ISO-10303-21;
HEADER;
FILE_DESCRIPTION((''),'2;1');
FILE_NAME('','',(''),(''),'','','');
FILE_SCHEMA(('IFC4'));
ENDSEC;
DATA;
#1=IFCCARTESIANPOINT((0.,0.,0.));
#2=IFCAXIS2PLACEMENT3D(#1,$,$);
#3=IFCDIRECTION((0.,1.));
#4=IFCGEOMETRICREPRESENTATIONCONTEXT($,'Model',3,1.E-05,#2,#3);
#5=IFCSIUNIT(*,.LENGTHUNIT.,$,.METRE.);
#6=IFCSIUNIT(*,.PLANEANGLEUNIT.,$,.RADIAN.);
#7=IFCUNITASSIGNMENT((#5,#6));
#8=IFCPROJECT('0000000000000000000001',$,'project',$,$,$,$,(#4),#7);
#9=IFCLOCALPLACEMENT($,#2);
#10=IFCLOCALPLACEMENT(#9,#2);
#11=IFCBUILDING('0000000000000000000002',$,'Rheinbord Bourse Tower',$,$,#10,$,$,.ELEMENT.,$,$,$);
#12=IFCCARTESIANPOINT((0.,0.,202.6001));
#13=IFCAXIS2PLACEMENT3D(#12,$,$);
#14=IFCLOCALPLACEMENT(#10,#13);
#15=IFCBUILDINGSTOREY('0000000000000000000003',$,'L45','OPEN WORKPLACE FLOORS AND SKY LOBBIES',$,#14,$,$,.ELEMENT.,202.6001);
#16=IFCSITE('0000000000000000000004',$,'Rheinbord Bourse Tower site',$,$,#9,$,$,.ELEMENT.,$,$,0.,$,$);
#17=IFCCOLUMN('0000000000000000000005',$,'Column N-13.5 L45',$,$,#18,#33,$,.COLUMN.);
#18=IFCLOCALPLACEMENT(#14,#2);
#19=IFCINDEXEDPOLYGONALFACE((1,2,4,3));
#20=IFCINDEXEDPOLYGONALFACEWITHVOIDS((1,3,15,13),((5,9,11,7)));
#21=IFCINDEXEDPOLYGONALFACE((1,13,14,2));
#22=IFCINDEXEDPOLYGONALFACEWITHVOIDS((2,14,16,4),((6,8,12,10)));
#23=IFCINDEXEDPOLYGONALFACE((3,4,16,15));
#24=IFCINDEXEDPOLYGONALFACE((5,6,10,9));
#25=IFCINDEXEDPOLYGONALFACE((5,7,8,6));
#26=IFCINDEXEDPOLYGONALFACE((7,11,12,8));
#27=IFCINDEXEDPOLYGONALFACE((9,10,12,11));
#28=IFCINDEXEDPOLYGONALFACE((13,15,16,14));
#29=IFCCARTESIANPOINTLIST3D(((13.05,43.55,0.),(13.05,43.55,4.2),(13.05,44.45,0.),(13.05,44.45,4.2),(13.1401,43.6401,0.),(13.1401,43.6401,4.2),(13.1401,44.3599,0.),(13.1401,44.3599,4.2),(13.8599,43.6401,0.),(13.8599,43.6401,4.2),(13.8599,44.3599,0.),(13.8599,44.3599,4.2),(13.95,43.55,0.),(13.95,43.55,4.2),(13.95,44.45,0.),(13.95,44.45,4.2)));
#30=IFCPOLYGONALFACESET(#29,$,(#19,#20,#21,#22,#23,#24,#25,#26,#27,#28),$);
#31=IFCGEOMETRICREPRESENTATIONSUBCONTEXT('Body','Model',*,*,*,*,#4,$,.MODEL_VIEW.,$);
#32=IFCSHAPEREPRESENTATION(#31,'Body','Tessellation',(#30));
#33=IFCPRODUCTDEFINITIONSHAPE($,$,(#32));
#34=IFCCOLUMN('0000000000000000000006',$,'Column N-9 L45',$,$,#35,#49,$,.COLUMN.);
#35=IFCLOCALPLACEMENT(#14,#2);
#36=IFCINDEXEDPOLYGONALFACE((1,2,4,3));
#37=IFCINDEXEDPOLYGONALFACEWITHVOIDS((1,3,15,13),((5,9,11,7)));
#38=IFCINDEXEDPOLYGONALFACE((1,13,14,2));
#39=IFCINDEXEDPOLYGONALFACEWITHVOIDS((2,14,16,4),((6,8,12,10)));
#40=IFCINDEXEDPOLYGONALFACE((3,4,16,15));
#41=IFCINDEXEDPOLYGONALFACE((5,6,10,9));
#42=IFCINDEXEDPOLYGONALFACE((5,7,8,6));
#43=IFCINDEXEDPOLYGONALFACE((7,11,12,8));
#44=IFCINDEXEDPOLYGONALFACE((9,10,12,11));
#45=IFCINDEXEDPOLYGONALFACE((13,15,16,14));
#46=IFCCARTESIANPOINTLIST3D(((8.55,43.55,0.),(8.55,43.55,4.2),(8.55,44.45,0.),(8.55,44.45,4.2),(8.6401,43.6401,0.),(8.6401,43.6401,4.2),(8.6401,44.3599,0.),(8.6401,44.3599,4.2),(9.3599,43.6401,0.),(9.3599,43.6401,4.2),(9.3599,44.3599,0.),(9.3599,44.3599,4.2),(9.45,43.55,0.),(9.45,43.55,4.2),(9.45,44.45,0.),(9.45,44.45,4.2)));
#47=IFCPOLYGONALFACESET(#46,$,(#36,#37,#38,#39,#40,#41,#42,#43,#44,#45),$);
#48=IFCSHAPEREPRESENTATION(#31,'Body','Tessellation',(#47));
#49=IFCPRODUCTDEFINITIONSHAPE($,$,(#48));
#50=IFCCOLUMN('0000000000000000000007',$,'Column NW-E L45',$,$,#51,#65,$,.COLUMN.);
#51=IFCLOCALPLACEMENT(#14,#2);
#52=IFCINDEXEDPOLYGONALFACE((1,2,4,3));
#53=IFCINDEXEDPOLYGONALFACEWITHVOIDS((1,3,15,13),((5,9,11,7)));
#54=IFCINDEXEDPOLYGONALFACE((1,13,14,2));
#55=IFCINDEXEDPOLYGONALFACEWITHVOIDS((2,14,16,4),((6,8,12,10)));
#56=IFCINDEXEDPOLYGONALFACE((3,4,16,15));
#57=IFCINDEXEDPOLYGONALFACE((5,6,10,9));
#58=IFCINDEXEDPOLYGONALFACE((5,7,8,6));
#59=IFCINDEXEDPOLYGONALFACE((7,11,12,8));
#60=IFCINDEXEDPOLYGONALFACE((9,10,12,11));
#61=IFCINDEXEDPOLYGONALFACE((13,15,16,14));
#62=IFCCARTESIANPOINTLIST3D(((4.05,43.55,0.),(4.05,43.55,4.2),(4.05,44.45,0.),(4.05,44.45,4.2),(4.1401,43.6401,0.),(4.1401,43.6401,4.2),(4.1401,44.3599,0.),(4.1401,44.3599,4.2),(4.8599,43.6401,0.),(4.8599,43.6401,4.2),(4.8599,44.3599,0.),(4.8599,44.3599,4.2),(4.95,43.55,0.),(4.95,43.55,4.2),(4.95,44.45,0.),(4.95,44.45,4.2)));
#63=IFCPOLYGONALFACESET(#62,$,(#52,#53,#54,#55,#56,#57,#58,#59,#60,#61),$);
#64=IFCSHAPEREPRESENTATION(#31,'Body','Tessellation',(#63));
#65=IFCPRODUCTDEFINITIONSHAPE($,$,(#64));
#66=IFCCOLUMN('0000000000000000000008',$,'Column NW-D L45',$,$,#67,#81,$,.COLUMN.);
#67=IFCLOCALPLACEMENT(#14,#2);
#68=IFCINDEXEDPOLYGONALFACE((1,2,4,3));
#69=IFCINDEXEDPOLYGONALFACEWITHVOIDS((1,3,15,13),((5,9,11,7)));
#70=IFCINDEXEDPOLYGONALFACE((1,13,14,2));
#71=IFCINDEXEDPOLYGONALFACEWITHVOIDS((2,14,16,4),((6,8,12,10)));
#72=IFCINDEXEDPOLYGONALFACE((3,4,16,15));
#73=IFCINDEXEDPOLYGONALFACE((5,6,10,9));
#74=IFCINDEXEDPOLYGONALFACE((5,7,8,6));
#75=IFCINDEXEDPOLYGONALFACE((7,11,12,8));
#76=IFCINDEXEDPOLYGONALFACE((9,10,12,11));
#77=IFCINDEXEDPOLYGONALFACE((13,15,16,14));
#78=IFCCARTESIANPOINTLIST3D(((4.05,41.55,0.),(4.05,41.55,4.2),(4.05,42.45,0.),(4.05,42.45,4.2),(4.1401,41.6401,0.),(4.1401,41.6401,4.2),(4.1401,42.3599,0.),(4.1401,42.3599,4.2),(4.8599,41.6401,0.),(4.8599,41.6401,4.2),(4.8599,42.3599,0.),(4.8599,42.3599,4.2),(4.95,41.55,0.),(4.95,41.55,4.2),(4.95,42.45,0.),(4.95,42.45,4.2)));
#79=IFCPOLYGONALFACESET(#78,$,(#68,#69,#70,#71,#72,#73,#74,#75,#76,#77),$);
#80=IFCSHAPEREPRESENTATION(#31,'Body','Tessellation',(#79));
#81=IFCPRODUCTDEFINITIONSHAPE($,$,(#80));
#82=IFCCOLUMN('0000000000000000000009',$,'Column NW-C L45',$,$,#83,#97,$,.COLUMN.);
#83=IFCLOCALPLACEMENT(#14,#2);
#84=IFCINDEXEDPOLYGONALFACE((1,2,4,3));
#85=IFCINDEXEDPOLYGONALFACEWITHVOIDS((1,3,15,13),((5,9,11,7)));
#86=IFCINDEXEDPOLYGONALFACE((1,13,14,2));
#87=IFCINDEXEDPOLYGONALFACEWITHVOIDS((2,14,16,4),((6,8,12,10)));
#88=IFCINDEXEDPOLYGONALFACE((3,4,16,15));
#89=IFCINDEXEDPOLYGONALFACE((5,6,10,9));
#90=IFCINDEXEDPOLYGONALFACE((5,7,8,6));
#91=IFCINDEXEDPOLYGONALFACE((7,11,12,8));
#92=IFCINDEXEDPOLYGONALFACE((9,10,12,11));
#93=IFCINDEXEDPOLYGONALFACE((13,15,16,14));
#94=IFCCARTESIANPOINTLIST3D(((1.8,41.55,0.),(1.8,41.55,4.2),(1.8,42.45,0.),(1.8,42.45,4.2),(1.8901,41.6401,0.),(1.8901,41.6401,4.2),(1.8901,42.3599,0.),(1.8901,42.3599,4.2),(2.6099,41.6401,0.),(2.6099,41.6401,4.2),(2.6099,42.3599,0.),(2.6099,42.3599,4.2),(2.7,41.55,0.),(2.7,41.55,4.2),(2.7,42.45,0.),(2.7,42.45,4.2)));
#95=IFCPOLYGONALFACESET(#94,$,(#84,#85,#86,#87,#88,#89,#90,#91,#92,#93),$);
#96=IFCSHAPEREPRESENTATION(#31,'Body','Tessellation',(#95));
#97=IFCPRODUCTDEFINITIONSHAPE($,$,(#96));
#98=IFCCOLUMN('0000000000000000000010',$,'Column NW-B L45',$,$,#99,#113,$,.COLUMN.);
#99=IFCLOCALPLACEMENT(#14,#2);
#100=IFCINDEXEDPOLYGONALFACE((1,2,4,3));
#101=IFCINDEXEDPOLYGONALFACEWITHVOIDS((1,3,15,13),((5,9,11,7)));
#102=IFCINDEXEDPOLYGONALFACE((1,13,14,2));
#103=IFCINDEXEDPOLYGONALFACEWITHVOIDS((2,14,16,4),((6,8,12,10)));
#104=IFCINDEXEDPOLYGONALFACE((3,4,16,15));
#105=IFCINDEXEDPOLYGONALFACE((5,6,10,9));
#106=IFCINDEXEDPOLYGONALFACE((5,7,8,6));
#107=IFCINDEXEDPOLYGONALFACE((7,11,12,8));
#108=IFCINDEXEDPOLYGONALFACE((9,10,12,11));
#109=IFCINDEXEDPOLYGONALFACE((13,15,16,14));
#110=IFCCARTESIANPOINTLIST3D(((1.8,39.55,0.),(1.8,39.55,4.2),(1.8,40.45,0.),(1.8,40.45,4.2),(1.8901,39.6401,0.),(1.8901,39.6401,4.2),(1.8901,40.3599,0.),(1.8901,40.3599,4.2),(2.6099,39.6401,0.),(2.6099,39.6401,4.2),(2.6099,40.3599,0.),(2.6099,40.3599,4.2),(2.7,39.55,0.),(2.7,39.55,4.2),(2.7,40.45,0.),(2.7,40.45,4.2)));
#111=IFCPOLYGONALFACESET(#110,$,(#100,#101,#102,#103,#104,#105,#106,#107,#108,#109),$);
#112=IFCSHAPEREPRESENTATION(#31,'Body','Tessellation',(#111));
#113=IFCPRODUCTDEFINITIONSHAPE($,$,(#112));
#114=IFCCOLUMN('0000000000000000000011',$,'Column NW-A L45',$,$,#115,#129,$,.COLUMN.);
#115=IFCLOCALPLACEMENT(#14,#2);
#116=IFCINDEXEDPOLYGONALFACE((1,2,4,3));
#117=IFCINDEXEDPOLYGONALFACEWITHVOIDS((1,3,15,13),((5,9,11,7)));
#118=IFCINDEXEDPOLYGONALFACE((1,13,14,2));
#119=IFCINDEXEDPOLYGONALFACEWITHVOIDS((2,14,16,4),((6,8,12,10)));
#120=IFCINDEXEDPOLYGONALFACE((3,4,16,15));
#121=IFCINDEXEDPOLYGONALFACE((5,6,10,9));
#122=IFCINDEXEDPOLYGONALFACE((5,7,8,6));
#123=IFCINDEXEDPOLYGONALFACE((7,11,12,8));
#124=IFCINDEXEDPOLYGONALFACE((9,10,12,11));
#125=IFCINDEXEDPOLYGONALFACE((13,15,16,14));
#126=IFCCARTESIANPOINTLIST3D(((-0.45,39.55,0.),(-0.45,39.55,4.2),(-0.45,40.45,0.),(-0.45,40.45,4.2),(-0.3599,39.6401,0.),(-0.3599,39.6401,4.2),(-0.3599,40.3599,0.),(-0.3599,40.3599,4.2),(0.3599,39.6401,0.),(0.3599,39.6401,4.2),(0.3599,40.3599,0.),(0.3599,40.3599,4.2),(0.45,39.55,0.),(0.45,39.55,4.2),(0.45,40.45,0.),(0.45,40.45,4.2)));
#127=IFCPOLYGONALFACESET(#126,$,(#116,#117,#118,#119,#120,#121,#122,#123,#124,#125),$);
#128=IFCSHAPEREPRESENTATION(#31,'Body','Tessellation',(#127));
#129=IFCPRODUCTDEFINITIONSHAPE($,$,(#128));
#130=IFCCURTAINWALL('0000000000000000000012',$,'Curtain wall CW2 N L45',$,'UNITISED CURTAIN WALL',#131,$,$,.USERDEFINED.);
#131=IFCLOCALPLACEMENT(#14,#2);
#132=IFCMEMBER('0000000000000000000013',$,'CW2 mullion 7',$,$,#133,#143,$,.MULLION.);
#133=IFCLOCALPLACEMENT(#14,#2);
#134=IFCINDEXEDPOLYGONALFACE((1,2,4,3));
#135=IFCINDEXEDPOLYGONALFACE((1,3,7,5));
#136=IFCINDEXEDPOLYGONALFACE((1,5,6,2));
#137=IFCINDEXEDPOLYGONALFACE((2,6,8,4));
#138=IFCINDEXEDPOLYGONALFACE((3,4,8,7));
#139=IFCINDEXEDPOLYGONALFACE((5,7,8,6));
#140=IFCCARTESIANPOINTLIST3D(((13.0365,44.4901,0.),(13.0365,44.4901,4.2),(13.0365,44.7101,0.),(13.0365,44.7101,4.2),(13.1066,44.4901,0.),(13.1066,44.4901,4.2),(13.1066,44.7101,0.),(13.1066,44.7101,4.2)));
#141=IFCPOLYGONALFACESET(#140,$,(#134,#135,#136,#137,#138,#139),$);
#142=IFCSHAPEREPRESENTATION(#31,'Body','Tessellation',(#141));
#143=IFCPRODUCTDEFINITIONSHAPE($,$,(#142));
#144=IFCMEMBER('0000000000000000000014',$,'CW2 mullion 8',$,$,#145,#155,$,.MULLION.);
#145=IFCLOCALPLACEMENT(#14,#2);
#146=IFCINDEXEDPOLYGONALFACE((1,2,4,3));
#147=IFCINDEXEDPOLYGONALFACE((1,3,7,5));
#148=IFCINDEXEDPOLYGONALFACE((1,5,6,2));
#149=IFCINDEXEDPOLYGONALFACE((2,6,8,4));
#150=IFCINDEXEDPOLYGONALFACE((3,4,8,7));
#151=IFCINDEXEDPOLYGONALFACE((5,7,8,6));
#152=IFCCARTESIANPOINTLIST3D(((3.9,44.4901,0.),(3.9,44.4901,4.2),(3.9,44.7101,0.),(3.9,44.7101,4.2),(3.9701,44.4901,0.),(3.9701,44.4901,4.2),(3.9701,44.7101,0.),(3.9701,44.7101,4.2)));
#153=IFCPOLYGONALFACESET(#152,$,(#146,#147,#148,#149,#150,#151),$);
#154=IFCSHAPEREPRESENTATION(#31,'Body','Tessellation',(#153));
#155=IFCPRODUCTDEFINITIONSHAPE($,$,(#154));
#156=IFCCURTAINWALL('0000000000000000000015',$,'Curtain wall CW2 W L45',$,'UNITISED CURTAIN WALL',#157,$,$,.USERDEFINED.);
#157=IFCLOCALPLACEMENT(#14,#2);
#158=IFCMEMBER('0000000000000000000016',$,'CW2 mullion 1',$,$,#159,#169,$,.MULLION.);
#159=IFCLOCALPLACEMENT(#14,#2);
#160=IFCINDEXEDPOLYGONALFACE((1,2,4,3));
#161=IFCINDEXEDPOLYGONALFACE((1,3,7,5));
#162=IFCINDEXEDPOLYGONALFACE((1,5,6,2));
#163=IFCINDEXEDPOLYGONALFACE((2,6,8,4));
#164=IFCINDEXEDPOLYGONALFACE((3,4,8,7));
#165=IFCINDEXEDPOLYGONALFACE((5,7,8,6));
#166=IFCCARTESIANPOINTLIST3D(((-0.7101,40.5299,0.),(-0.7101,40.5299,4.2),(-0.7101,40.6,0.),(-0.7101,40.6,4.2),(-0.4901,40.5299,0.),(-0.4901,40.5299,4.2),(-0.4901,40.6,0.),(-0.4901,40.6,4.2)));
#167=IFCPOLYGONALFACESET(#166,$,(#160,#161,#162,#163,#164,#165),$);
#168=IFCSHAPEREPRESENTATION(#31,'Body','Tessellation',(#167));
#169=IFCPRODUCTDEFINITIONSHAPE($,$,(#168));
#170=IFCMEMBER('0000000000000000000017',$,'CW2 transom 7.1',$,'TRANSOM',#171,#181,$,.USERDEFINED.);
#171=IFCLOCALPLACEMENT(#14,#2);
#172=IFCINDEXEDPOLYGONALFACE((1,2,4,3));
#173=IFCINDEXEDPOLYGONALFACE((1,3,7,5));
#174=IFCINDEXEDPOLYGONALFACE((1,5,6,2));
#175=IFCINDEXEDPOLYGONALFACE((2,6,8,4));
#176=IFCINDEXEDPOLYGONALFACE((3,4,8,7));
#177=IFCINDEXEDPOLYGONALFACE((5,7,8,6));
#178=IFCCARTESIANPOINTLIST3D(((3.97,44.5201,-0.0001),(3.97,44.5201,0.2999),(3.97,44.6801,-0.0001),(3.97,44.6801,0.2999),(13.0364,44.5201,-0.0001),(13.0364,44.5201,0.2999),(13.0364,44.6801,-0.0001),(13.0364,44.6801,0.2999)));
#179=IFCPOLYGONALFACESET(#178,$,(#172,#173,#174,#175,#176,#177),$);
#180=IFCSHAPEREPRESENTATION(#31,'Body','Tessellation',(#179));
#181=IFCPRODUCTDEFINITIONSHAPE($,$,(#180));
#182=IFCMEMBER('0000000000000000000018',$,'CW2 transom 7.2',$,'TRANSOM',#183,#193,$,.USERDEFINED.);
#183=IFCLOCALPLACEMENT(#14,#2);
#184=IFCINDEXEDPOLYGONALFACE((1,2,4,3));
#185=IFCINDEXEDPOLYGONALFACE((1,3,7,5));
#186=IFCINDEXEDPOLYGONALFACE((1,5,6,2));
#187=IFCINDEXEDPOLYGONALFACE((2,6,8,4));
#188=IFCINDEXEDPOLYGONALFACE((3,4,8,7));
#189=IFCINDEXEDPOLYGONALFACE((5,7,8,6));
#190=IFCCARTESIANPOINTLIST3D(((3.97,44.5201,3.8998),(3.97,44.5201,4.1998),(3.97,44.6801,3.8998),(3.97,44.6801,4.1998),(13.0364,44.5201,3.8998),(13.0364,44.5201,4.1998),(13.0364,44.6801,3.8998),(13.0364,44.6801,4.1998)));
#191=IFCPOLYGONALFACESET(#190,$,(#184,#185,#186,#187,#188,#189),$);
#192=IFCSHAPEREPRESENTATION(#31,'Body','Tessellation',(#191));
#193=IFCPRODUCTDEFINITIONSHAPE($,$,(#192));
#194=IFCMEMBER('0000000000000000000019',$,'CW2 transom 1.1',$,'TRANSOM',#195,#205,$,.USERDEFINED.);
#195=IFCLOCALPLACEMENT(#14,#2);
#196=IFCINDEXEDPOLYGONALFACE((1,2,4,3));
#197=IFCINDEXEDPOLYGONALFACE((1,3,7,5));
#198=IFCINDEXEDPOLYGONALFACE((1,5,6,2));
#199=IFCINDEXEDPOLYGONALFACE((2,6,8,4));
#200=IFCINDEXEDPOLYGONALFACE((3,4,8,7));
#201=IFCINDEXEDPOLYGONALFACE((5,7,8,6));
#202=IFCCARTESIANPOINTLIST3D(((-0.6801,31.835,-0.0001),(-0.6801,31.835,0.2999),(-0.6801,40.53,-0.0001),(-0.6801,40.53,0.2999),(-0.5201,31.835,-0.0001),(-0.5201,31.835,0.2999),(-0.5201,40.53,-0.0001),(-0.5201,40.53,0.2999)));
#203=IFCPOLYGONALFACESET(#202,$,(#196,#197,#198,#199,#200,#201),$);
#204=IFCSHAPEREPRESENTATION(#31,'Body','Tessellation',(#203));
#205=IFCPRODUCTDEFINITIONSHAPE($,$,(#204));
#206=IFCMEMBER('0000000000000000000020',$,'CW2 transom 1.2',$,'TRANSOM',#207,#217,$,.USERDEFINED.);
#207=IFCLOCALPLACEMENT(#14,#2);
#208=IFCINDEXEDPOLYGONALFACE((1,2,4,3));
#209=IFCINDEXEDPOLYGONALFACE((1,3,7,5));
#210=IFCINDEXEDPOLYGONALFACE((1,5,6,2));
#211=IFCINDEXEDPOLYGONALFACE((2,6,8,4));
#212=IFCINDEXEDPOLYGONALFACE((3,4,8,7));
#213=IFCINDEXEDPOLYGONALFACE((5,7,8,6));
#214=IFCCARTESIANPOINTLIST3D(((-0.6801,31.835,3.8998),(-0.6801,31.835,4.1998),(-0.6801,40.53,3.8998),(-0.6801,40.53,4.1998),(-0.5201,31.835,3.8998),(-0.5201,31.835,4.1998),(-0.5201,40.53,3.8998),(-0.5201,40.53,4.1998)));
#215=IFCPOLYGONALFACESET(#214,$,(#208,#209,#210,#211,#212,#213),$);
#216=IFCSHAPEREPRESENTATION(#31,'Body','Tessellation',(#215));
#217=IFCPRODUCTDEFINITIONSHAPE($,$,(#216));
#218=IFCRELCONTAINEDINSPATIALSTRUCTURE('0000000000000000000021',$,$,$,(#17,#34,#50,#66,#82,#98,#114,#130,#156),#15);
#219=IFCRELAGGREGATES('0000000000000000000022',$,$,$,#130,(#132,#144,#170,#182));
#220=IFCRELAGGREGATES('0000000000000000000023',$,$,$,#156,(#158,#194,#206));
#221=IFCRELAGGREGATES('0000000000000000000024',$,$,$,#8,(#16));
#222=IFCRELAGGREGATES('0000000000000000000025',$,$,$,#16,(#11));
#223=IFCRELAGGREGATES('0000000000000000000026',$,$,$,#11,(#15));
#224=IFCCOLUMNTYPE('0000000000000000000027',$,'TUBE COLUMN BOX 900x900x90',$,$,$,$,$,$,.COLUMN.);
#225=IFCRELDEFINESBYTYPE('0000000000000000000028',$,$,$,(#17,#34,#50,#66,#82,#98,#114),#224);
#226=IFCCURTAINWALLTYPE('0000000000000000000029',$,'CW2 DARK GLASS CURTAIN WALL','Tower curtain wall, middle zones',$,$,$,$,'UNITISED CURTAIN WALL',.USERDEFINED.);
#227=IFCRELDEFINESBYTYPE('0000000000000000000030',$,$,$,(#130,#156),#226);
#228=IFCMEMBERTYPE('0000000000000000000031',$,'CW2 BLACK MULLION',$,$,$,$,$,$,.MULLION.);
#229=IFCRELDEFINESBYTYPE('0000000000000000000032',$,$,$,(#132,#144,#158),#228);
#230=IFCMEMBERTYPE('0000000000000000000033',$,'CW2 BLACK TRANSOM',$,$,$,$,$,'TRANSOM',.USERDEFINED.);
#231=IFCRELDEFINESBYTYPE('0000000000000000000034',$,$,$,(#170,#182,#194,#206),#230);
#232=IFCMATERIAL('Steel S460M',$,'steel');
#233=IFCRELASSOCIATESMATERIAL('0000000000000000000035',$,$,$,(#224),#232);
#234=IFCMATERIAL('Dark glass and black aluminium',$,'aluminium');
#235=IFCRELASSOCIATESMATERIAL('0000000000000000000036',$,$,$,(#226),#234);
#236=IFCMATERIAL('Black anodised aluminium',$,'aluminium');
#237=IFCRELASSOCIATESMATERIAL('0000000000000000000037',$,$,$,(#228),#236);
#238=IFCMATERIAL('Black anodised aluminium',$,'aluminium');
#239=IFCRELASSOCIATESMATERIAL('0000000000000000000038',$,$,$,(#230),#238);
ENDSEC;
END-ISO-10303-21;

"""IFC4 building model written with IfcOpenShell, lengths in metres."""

from ifc_helpers import new_model, si_unit, direction, frame, origin, origin_2d, place, context, subcontext, project, spatial, rectangle, hollow_rectangle, extrude, material, material_profile, profile_set, type_object, element, aggregate, save


model = new_model("IFC4")

# Units and contexts
model_context = context("Model", 3, precision=1e-05, world=origin(), true_north=direction((0.0, 1.0)))
body_context = subcontext(model_context, "Body", "Model", "MODEL_VIEW")
ifc_project = project(units=[si_unit("LENGTHUNIT", "METRE"), si_unit("PLANEANGLEUNIT", "RADIAN")], contexts=[model_context])

# Site, building, storey
site_placement = place(None, origin())
site = spatial("IfcSite", under=ifc_project, at=site_placement, Name="Rheinbord Bourse Tower site", CompositionType="ELEMENT", RefElevation=0.0)
building_placement = place(site_placement, origin())
building = spatial("IfcBuilding", under=site, at=building_placement, Name="Rheinbord Bourse Tower", CompositionType="ELEMENT")
storey_placement = place(building_placement, frame((0.0, 0.0, 202.6001)))
storey = spatial("IfcBuildingStorey", under=building, at=storey_placement, Name="L45", Description="OPEN WORKPLACE FLOORS AND SKY LOBBIES", CompositionType="ELEMENT", Elevation=202.6001)

# Columns
ifc_material_1 = material(Name="Steel S460M", Category="steel")
ifc_material_profile_1 = material_profile(ifc_material_1, hollow_rectangle(XDim=0.8999, YDim=0.8999, WallThickness=0.0901, at=origin_2d()), Name="BOX 900x900x90")
ifc_profile_set_1 = profile_set([ifc_material_profile_1], Name="Steel S460M")
column_type = type_object("IfcColumnType", Name="TUBE COLUMN BOX 900x900x90", PredefinedType="COLUMN", material=ifc_profile_set_1)
for number, where, z_axis, x_axis, name in (
    (1, (13.5, 44.0, 0.0), (0.0, 0.0, 1.0), (0.0, 1.0, 0.0), "Column N-13.5 L45"),
    (2, (9.0, 44.0, 0.0), (0.0, 0.0, 1.0), (0.0, 1.0, 0.0), "Column N-9 L45"),
    (3, (4.5, 44.0, 0.0), (0.0, 0.0, 1.0), (0.0, 1.0, 0.0), "Column NW-E L45"),
    (4, (4.5, 42.0, 0.0), (0.0, 0.0, 1.0), (0.0, 1.0, 0.0), "Column NW-D L45"),
    (5, (2.25, 42.0, 0.0), (0.0, 0.0, 1.0), (1.0, 0.0, 0.0), "Column NW-C L45"),
    (6, (2.25, 40.0, 0.0), (0.0, 0.0, 1.0), (1.0, 0.0, 0.0), "Column NW-B L45"),
    (7, (0.0, 40.0, 0.0), (0.0, 0.0, 1.0), (1.0, 0.0, 0.0), "Column NW-A L45"),
):
    element("IfcColumn", number, at=place(storey_placement, frame(where, z_axis=z_axis, x_axis=x_axis)), inside=storey, type_object=column_type, Name=name, PredefinedType="COLUMN", context=body_context, shape_type="SweptSolid", body=[
        extrude(hollow_rectangle(XDim=0.8999, YDim=0.8999, WallThickness=0.0901, at=origin_2d()), origin(), (0.0, 0.0, 1.0), 4.2),
    ])

# Curtain wall, members
ifc_material_2 = material(Name="Dark glass and black aluminium", Category="aluminium")
curtain_wall_type = type_object("IfcCurtainWallType", Name="CW2 DARK GLASS CURTAIN WALL", Description="Tower curtain wall, middle zones", ElementType="UNITISED CURTAIN WALL", PredefinedType="USERDEFINED", material=ifc_material_2)
curtain_wall_1_placement = place(storey_placement, origin())
curtain_wall_1 = element("IfcCurtainWall", 8, at=curtain_wall_1_placement, inside=storey, type_object=curtain_wall_type, Name="Curtain wall CW2 N L45", ObjectType="UNITISED CURTAIN WALL", PredefinedType="USERDEFINED")
ifc_material_3 = material(Name="Black anodised aluminium", Category="aluminium")
ifc_material_profile_2 = material_profile(ifc_material_3, rectangle(XDim=0.22, YDim=0.0701, at=origin_2d()), Name="CW2 MULLION 70x220")
ifc_profile_set_2 = profile_set([ifc_material_profile_2], Name="Black anodised aluminium")
member_type_1 = type_object("IfcMemberType", Name="CW2 BLACK MULLION", PredefinedType="MULLION", material=ifc_profile_set_2)
member_1_placement = place(storey_placement, frame((13.0715, 44.6001, 0.0), z_axis=(0.0, 0.0, 1.0), x_axis=(0.0, -1.0, 0.0)))
member_1 = element("IfcMember", 9, at=member_1_placement, type_object=member_type_1, Name="CW2 mullion 7", PredefinedType="MULLION", context=body_context, shape_type="SweptSolid", body=[
    extrude(rectangle(XDim=0.22, YDim=0.0701, at=origin_2d()), origin(), (0.0, 0.0, 1.0), 4.2),
])
member_2_placement = place(storey_placement, frame((3.9351, 44.6001, 0.0), z_axis=(0.0, 0.0, 1.0), x_axis=(0.0, -1.0, 0.0)))
member_2 = element("IfcMember", 10, at=member_2_placement, type_object=member_type_1, Name="CW2 mullion 8", PredefinedType="MULLION", context=body_context, shape_type="SweptSolid", body=[
    extrude(rectangle(XDim=0.22, YDim=0.0701, at=origin_2d()), origin(), (0.0, 0.0, 1.0), 4.2),
])

# Curtain wall, member
curtain_wall_2_placement = place(storey_placement, origin())
curtain_wall_2 = element("IfcCurtainWall", 11, at=curtain_wall_2_placement, inside=storey, type_object=curtain_wall_type, Name="Curtain wall CW2 W L45", ObjectType="UNITISED CURTAIN WALL", PredefinedType="USERDEFINED")
member_3_placement = place(storey_placement, frame((-0.6001, 40.5649, 0.0), z_axis=(0.0, 0.0, 1.0), x_axis=(1.0, 0.0, 0.0)))
member_3 = element("IfcMember", 12, at=member_3_placement, type_object=member_type_1, Name="CW2 mullion 1", PredefinedType="MULLION", context=body_context, shape_type="SweptSolid", body=[
    extrude(rectangle(XDim=0.22, YDim=0.0701, at=origin_2d()), origin(), (0.0, 0.0, 1.0), 4.2),
])

# Members
ifc_material_4 = material(Name="Black anodised aluminium", Category="aluminium")
ifc_material_profile_3 = material_profile(ifc_material_4, rectangle(XDim=0.1599, YDim=0.3, at=origin_2d()), Name="CW2 TRANSOM 300x160")
ifc_profile_set_3 = profile_set([ifc_material_profile_3], Name="Black anodised aluminium")
member_type_2 = type_object("IfcMemberType", Name="CW2 BLACK TRANSOM", ElementType="TRANSOM", PredefinedType="USERDEFINED", material=ifc_profile_set_3)
member_4_placement = place(storey_placement, frame((13.0364, 44.6001, 0.1499), z_axis=(-1.0, 0.0, 0.0), x_axis=(0.0, -1.0, 0.0)))
member_4 = element("IfcMember", 13, at=member_4_placement, type_object=member_type_2, Name="CW2 transom 7.1", ObjectType="TRANSOM", PredefinedType="USERDEFINED", context=body_context, shape_type="SweptSolid", body=[
    extrude(rectangle(XDim=0.1599, YDim=0.3, at=origin_2d()), origin(), (0.0, 0.0, 1.0), 9.0664),
])
member_5_placement = place(storey_placement, frame((13.0364, 44.6001, 4.0498), z_axis=(-1.0, 0.0, 0.0), x_axis=(0.0, -1.0, 0.0)))
member_5 = element("IfcMember", 14, at=member_5_placement, type_object=member_type_2, Name="CW2 transom 7.2", ObjectType="TRANSOM", PredefinedType="USERDEFINED", context=body_context, shape_type="SweptSolid", body=[
    extrude(rectangle(XDim=0.1599, YDim=0.3, at=origin_2d()), origin(), (0.0, 0.0, 1.0), 9.0664),
])
member_6_placement = place(storey_placement, frame((-0.6001, 40.53, 0.1499), z_axis=(0.0, -1.0, 0.0), x_axis=(1.0, 0.0, 0.0)))
member_6 = element("IfcMember", 15, at=member_6_placement, type_object=member_type_2, Name="CW2 transom 1.1", ObjectType="TRANSOM", PredefinedType="USERDEFINED", context=body_context, shape_type="SweptSolid", body=[
    extrude(rectangle(XDim=0.1599, YDim=0.3, at=origin_2d()), origin(), (0.0, 0.0, 1.0), 8.6951),
])
member_7_placement = place(storey_placement, frame((-0.6001, 40.53, 4.0498), z_axis=(0.0, -1.0, 0.0), x_axis=(1.0, 0.0, 0.0)))
member_7 = element("IfcMember", 16, at=member_7_placement, type_object=member_type_2, Name="CW2 transom 1.2", ObjectType="TRANSOM", PredefinedType="USERDEFINED", context=body_context, shape_type="SweptSolid", body=[
    extrude(rectangle(XDim=0.1599, YDim=0.3, at=origin_2d()), origin(), (0.0, 0.0, 1.0), 8.6951),
])

aggregate(curtain_wall_1, [member_1, member_2, member_4, member_5])
aggregate(curtain_wall_2, [member_3, member_6, member_7])

save(model, "model.ifc")
